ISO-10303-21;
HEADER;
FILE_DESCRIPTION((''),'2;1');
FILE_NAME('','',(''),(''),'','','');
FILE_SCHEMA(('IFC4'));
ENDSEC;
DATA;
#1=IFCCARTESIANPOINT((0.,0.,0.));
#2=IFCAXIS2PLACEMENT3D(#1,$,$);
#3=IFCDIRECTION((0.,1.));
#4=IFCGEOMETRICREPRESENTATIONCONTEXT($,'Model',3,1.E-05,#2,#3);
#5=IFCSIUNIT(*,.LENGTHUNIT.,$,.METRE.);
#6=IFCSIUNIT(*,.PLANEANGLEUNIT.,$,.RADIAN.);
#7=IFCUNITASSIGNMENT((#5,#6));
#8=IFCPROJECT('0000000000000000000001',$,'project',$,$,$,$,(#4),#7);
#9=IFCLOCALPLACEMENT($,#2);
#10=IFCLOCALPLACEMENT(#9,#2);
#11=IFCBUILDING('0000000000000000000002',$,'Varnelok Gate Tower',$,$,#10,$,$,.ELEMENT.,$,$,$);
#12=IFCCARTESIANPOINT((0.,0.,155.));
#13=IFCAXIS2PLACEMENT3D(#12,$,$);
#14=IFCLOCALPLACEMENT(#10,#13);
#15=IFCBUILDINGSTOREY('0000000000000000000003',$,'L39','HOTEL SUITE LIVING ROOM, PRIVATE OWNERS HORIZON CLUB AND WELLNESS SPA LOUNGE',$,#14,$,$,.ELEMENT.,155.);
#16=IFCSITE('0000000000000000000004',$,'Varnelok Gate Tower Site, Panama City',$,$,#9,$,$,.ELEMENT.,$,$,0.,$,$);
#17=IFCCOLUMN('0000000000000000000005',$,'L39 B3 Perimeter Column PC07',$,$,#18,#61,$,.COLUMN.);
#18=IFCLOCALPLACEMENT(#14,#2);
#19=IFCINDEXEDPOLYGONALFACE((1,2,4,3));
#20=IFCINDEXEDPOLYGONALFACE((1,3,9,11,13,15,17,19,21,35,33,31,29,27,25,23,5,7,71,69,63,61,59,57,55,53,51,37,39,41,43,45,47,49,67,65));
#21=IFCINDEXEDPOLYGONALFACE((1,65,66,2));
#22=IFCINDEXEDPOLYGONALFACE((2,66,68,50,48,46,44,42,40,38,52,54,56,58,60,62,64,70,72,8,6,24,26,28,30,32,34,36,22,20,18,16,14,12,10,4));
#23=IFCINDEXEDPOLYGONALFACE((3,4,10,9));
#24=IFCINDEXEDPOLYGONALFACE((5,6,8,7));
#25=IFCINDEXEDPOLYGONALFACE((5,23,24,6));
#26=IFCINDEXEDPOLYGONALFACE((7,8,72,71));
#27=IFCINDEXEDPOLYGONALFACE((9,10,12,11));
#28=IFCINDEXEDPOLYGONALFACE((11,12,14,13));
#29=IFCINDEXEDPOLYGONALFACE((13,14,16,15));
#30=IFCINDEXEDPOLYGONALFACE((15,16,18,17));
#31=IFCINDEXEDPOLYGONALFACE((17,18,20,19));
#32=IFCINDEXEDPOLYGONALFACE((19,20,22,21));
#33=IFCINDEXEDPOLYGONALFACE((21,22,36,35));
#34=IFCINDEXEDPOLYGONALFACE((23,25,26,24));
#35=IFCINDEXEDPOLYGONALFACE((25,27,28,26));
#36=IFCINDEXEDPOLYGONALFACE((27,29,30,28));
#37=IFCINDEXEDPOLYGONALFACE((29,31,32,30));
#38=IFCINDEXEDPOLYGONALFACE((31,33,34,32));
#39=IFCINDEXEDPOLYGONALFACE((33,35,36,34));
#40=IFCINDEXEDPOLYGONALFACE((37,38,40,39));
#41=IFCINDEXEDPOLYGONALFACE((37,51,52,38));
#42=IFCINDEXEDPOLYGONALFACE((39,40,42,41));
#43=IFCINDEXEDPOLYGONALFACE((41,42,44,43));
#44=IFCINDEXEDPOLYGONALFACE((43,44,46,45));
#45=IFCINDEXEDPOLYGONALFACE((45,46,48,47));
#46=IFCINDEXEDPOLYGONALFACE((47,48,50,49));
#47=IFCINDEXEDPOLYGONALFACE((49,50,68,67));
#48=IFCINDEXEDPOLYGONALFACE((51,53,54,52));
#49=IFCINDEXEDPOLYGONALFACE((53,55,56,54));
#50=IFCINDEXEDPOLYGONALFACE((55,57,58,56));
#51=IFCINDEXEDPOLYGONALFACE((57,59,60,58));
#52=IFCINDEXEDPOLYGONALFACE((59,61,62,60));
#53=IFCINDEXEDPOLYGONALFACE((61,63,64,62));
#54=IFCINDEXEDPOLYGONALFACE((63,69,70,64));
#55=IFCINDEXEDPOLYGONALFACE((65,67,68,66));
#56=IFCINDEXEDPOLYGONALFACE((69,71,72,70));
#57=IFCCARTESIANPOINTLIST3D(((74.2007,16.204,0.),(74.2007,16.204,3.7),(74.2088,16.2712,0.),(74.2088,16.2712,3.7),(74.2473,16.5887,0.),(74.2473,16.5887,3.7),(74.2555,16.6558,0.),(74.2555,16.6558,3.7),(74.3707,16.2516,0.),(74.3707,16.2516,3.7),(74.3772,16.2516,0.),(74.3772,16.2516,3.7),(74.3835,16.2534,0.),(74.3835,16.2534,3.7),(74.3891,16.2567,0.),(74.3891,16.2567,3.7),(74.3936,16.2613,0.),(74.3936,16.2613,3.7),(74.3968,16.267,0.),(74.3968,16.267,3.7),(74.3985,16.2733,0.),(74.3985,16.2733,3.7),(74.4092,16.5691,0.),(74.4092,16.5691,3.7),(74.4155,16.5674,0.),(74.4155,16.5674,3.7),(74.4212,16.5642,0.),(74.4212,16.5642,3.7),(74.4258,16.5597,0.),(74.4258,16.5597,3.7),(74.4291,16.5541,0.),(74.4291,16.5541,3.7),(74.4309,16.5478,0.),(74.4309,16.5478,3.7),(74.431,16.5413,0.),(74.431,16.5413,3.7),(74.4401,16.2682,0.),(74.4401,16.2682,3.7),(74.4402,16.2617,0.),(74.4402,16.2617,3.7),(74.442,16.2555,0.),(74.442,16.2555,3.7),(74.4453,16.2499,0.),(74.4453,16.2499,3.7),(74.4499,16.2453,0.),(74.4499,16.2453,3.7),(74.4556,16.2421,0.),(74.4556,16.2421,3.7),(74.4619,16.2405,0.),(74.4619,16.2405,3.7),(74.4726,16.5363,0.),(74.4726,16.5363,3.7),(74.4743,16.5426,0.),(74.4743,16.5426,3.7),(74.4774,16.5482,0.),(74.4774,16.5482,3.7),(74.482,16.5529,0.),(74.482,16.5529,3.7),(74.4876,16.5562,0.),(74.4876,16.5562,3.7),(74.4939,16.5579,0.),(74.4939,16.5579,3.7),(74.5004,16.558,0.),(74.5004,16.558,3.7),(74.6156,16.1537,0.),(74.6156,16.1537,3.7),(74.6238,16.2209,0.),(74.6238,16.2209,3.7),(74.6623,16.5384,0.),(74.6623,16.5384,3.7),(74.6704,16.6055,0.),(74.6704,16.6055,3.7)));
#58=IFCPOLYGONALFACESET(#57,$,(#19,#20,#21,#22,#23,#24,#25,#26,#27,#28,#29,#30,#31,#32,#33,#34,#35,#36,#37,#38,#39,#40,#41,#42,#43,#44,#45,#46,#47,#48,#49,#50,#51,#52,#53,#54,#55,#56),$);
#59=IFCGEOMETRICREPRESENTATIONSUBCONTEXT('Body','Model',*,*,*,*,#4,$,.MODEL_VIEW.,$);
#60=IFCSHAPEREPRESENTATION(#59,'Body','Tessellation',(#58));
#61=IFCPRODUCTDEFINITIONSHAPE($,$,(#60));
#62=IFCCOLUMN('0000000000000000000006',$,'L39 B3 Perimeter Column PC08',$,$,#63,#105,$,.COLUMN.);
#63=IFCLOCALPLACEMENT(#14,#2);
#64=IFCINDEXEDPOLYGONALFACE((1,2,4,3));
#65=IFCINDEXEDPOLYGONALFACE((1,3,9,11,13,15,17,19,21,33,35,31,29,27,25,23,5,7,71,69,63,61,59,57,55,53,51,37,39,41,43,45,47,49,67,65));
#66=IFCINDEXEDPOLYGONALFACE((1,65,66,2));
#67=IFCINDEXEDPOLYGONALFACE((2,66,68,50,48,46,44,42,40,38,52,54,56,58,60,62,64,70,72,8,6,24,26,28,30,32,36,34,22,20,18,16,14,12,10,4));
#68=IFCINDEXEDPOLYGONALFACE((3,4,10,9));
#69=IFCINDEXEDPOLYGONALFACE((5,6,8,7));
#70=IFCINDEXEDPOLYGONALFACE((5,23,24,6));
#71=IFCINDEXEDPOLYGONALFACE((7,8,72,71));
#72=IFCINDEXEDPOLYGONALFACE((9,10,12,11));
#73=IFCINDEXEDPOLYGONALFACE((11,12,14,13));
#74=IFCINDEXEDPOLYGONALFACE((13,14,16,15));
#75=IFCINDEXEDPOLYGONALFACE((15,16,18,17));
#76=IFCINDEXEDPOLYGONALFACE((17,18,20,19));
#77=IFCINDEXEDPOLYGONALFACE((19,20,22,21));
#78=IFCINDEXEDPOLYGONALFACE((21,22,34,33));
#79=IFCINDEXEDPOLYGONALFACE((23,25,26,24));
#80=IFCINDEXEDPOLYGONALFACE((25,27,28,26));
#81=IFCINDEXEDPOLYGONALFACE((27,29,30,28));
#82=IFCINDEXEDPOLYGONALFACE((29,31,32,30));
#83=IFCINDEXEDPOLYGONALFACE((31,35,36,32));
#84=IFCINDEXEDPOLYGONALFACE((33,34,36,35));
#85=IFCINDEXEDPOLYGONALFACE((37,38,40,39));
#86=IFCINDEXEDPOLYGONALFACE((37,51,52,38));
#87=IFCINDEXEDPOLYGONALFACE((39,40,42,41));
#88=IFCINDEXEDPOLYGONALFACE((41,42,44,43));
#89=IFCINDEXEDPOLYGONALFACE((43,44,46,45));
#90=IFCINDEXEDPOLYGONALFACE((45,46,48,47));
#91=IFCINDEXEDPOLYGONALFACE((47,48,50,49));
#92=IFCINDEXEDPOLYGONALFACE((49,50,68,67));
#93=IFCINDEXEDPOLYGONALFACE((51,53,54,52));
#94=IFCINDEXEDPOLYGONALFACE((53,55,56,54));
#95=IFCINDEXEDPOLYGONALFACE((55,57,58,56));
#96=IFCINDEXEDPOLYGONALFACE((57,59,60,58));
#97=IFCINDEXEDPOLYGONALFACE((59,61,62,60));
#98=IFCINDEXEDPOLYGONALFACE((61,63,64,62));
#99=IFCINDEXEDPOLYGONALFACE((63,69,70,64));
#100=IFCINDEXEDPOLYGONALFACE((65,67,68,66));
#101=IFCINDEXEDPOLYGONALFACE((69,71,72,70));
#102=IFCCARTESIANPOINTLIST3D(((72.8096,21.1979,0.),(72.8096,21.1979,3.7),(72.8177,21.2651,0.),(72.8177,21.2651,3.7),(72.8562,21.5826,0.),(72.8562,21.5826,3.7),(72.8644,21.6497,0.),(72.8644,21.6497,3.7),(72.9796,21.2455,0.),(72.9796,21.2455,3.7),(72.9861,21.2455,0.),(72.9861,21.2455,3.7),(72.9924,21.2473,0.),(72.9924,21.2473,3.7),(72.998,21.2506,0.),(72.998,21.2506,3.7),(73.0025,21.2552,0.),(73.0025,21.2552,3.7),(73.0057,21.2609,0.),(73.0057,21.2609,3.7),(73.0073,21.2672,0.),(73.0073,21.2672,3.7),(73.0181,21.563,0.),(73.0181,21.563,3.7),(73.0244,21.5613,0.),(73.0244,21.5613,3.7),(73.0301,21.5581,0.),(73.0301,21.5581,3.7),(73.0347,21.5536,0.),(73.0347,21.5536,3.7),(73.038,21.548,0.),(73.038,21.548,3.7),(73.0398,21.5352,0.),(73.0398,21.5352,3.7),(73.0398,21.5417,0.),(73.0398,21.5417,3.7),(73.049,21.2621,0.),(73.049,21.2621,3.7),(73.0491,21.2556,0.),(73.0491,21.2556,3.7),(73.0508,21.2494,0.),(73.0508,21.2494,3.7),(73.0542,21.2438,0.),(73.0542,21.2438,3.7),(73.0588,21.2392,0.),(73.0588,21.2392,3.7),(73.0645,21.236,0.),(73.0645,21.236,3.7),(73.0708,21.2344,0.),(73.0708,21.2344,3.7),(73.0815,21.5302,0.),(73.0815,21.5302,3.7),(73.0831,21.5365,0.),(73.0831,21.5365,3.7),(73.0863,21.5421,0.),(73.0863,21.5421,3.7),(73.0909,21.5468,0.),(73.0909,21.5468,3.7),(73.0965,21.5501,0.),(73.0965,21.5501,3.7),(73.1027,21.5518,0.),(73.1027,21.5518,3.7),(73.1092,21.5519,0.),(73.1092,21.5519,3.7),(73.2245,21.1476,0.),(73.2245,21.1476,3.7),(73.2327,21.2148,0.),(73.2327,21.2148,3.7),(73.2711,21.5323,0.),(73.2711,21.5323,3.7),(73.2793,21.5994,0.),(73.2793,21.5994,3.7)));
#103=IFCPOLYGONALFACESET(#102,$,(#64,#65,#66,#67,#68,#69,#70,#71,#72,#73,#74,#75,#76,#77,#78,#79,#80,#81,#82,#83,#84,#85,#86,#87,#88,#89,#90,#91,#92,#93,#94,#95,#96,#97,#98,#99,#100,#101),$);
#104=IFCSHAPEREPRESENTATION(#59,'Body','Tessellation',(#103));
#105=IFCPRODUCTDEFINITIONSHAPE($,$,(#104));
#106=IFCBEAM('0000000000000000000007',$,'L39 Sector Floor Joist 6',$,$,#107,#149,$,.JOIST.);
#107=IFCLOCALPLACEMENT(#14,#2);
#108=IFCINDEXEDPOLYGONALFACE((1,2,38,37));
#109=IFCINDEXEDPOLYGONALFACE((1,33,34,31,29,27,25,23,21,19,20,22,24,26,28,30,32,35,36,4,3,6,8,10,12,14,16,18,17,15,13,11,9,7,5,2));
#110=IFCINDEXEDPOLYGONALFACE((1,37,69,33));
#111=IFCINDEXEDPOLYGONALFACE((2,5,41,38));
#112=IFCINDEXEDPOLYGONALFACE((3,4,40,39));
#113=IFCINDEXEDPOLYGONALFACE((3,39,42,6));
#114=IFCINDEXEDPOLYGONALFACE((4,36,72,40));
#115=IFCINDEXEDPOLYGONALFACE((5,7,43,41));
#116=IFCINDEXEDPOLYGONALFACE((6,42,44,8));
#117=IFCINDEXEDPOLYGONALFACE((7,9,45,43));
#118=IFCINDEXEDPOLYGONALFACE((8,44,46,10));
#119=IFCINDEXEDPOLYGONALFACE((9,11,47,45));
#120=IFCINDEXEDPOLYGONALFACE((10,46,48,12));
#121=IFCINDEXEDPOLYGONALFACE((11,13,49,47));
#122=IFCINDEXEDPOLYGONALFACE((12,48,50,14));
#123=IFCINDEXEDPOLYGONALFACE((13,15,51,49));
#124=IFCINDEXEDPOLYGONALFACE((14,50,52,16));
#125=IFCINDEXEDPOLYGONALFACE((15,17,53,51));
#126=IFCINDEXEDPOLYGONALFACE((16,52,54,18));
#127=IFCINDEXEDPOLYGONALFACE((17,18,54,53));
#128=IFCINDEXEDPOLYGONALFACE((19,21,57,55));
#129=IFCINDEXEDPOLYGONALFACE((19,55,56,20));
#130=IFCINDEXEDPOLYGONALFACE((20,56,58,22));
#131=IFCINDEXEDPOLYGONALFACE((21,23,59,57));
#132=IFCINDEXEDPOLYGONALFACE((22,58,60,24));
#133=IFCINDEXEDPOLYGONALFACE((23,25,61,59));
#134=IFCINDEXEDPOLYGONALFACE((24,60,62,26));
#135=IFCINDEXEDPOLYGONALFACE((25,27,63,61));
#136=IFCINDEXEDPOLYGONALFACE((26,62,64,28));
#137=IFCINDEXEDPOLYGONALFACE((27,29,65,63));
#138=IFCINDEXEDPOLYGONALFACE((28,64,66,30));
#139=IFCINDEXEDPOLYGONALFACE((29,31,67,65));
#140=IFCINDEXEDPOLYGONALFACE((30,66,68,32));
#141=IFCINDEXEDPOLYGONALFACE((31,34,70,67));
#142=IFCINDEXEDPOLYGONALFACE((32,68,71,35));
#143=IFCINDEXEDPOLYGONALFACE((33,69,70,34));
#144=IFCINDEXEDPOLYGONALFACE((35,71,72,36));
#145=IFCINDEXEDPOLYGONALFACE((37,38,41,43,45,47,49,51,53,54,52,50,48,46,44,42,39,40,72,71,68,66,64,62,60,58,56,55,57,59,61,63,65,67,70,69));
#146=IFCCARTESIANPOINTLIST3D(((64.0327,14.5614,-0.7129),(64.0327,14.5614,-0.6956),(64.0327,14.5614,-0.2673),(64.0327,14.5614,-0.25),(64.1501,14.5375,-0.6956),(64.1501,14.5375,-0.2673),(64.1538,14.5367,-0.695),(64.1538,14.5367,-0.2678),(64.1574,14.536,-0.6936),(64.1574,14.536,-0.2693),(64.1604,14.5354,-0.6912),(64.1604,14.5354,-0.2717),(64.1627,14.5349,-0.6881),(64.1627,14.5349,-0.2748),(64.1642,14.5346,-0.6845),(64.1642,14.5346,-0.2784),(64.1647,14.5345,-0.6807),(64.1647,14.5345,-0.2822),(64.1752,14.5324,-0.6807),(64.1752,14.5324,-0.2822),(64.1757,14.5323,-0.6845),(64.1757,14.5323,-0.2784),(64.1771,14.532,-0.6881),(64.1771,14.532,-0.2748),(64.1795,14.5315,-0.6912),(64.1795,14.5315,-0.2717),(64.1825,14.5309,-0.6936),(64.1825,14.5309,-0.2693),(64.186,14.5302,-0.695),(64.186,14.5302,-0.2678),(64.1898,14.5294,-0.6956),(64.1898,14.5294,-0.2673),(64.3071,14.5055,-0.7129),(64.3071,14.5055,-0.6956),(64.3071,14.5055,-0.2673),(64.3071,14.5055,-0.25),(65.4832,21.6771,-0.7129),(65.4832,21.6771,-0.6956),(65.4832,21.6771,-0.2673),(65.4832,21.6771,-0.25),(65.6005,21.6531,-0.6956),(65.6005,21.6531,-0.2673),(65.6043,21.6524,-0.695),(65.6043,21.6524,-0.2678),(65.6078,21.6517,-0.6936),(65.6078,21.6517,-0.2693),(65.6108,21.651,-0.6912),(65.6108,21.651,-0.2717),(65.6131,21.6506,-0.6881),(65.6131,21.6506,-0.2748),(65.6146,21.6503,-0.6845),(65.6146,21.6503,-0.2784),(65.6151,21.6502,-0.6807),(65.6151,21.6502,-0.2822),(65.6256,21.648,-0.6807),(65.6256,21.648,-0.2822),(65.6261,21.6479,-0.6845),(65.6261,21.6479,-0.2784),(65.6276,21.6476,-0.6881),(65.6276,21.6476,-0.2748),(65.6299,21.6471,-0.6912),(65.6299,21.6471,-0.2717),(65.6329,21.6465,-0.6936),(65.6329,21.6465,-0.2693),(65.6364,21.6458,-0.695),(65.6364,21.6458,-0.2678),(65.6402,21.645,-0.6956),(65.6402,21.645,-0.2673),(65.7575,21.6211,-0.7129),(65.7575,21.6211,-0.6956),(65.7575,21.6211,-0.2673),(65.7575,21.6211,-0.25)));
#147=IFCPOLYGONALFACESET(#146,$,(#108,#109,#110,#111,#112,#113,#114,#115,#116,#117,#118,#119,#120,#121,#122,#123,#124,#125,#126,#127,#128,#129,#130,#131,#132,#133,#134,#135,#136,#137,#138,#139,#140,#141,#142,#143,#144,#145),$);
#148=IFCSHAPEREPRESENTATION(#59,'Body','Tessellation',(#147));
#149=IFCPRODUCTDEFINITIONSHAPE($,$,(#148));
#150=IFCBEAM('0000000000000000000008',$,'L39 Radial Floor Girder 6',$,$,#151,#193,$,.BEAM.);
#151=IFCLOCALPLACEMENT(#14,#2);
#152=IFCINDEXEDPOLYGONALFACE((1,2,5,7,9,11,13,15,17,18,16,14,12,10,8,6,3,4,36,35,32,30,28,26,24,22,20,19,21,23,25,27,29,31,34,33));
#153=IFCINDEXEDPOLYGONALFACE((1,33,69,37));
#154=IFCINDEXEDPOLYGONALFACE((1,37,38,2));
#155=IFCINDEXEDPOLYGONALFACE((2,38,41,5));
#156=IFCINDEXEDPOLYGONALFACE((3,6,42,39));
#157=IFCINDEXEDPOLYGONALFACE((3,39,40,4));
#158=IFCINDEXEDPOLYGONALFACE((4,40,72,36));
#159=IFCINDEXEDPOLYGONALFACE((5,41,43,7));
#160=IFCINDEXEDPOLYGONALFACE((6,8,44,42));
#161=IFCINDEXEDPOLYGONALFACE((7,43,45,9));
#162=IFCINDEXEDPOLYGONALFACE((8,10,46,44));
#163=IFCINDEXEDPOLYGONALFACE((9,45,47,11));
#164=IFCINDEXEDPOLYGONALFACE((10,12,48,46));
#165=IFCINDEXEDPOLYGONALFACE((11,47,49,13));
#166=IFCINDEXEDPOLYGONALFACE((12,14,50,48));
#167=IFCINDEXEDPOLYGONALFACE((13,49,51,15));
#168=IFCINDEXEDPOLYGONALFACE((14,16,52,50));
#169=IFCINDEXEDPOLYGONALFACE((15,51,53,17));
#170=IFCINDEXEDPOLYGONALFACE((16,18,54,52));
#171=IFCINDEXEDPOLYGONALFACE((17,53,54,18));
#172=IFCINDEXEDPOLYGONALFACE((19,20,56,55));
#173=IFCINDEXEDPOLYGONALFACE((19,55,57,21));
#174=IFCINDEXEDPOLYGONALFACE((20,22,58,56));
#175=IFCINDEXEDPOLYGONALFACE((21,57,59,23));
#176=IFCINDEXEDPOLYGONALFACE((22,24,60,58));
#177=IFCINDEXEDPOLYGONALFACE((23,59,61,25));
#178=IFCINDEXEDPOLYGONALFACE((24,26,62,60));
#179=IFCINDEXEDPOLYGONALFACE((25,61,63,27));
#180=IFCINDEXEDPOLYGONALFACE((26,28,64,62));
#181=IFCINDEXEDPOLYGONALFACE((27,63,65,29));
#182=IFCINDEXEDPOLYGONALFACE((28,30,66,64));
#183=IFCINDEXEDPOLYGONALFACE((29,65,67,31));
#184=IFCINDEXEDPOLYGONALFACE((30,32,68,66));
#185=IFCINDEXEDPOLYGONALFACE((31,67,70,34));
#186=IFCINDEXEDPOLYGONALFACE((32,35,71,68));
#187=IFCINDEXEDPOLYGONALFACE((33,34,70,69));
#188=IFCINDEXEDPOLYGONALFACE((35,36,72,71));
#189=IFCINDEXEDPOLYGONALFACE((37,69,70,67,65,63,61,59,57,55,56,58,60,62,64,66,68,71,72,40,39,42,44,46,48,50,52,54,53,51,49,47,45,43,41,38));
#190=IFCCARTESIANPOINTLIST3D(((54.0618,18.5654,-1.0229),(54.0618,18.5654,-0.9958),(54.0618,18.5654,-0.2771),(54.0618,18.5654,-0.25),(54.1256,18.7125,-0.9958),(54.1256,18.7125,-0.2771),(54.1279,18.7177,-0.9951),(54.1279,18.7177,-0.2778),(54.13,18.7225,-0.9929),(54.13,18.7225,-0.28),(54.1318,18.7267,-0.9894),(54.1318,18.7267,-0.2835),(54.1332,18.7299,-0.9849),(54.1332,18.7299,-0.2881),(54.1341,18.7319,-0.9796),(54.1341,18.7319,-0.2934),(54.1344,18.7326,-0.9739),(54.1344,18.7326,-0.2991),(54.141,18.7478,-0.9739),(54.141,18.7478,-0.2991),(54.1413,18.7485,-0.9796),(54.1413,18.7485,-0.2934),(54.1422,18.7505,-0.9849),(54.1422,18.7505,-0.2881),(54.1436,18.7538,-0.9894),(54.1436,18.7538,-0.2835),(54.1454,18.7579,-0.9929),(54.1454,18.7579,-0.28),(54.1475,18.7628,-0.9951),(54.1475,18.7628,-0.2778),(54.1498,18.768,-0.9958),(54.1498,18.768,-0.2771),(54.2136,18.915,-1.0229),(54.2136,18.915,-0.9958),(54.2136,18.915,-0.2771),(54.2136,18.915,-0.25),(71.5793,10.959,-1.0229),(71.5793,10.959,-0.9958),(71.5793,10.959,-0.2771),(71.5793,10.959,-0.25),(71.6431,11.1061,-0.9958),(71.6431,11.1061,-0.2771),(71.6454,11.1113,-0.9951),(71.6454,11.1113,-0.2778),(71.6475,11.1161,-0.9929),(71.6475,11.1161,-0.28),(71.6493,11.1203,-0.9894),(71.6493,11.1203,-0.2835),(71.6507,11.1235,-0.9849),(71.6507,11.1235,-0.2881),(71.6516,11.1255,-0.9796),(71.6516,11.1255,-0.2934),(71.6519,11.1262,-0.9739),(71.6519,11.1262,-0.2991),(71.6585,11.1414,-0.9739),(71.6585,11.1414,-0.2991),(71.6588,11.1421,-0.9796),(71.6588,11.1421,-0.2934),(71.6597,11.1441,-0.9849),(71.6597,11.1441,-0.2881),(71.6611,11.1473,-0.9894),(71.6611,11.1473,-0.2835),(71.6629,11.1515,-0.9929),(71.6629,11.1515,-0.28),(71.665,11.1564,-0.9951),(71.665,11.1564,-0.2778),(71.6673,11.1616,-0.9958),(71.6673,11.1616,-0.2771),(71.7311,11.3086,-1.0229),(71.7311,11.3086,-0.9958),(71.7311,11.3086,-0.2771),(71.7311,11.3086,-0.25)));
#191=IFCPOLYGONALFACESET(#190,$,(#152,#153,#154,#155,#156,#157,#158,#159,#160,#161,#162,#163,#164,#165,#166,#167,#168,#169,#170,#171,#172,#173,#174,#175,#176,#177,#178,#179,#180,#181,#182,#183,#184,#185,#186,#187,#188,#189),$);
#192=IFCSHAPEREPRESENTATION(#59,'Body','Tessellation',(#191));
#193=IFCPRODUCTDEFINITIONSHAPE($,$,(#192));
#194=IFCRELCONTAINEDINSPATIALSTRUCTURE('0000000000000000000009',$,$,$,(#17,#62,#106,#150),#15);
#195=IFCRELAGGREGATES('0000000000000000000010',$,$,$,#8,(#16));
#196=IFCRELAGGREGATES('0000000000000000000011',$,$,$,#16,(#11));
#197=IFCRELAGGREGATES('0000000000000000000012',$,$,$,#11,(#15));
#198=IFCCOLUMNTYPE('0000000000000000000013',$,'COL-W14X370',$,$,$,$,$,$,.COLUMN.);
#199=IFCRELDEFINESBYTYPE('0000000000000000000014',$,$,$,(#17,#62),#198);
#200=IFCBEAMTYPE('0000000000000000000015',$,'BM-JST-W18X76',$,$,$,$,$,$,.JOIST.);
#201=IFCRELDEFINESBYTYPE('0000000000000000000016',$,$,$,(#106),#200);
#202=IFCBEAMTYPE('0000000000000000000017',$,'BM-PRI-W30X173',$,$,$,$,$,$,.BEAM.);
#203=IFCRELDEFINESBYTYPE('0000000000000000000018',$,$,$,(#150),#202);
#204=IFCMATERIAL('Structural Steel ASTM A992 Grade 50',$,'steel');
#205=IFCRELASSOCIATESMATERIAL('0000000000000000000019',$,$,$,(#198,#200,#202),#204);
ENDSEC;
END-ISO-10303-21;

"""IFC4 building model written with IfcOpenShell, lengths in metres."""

from ifc_helpers import new_model, si_unit, direction, frame, origin, origin_2d, place, context, subcontext, project, spatial, i_section, extrude, material, material_profile, profile_set, type_object, element, save


model = new_model("IFC4")

# Units and contexts
model_context = context("Model", 3, precision=1e-05, world=origin(), true_north=direction((0.0, 1.0)))
body_context = subcontext(model_context, "Body", "Model", "MODEL_VIEW")
ifc_project = project(units=[si_unit("LENGTHUNIT", "METRE"), si_unit("PLANEANGLEUNIT", "RADIAN")], contexts=[model_context])

# Site, building, storey
site_placement = place(None, origin())
site = spatial("IfcSite", under=ifc_project, at=site_placement, Name="Varnelok Gate Tower Site, Panama City", CompositionType="ELEMENT", RefElevation=0.0)
building_placement = place(site_placement, origin())
building = spatial("IfcBuilding", under=site, at=building_placement, Name="Varnelok Gate Tower", CompositionType="ELEMENT")
storey_placement = place(building_placement, frame((0.0, 0.0, 155.0)))
storey = spatial("IfcBuildingStorey", under=building, at=storey_placement, Name="L39", Description="HOTEL SUITE LIVING ROOM, PRIVATE OWNERS HORIZON CLUB AND WELLNESS SPA LOUNGE", CompositionType="ELEMENT", Elevation=155.0)

# Columns
ifc_material_1 = material(Name="Structural Steel ASTM A992 Grade 50", Category="steel")
ifc_material_profile_1 = material_profile(ifc_material_1, i_section(OverallWidth=0.418, OverallDepth=0.4551, WebThickness=0.042, FlangeThickness=0.0676, FilletRadius=0.0249, at=origin_2d()), Name="W14X370")
ifc_profile_set_1 = profile_set([ifc_material_profile_1], Name="Structural Steel ASTM A992 Grade 50")
column_type = type_object("IfcColumnType", Name="COL-W14X370", PredefinedType="COLUMN", material=ifc_profile_set_1)
for number, where, z_axis, x_axis, name in (
    (1, (74.4355, 16.4048, 0.0), (0.0, 0.0, 1.0), (0.992732, -0.120345, 0.0), "L39 B3 Perimeter Column PC07"),
    (2, (73.0444, 21.3987, 0.0), (0.0, 0.0, 1.0), (0.992732, -0.120345, 0.0), "L39 B3 Perimeter Column PC08"),
):
    element("IfcColumn", number, at=place(storey_placement, frame(where, z_axis=z_axis, x_axis=x_axis)), inside=storey, type_object=column_type, Name=name, PredefinedType="COLUMN", context=body_context, shape_type="SweptSolid", body=[
        extrude(i_section(OverallWidth=0.418, OverallDepth=0.4551, WebThickness=0.042, FlangeThickness=0.0676, FilletRadius=0.0249, at=origin_2d()), origin(), (0.0, 0.0, 1.0), 3.7),
    ])

# Beams
ifc_material_profile_2 = material_profile(ifc_material_1, i_section(OverallWidth=0.28, OverallDepth=0.4629, WebThickness=0.0107, FlangeThickness=0.0173, FilletRadius=0.0149, at=origin_2d()), Name="W18X76")
ifc_profile_set_2 = profile_set([ifc_material_profile_2], Name="Structural Steel ASTM A992 Grade 50")
beam_type_1 = type_object("IfcBeamType", Name="BM-JST-W18X76", PredefinedType="JOIST", material=ifc_profile_set_2)
beam_1_placement = place(storey_placement, frame((64.1699, 14.5334, -0.4814), z_axis=(0.199729, 0.979851, 0.0), x_axis=(-0.979851, 0.199729, 0.0)))
element("IfcBeam", 3, at=beam_1_placement, inside=storey, type_object=beam_type_1, Name="L39 Sector Floor Joist 6", PredefinedType="JOIST", context=body_context, shape_type="SweptSolid", body=[
    extrude(i_section(OverallWidth=0.28, OverallDepth=0.4629, WebThickness=0.0107, FlangeThickness=0.0173, FilletRadius=0.0149, at=origin_2d()), origin(), (0.0, 0.0, 1.0), 7.262),
])
ifc_material_profile_3 = material_profile(ifc_material_1, i_section(OverallWidth=0.3811, OverallDepth=0.7729, WebThickness=0.0166, FlangeThickness=0.0271, FilletRadius=0.022, at=origin_2d()), Name="W30X173")
ifc_profile_set_3 = profile_set([ifc_material_profile_3], Name="Structural Steel ASTM A992 Grade 50")
beam_type_2 = type_object("IfcBeamType", Name="BM-PRI-W30X173", PredefinedType="BEAM", material=ifc_profile_set_3)
beam_2_placement = place(storey_placement, frame((54.1377, 18.7402, -0.6365), z_axis=(0.917259, -0.39829, 0.0), x_axis=(0.39829, 0.917259, 0.0)))
element("IfcBeam", 4, at=beam_2_placement, inside=storey, type_object=beam_type_2, Name="L39 Radial Floor Girder 6", PredefinedType="BEAM", context=body_context, shape_type="SweptSolid", body=[
    extrude(i_section(OverallWidth=0.3811, OverallDepth=0.7729, WebThickness=0.0166, FlangeThickness=0.0271, FilletRadius=0.022, at=origin_2d()), origin(), (0.0, 0.0, 1.0), 19.0977),
])

save(model, "model.ifc")
